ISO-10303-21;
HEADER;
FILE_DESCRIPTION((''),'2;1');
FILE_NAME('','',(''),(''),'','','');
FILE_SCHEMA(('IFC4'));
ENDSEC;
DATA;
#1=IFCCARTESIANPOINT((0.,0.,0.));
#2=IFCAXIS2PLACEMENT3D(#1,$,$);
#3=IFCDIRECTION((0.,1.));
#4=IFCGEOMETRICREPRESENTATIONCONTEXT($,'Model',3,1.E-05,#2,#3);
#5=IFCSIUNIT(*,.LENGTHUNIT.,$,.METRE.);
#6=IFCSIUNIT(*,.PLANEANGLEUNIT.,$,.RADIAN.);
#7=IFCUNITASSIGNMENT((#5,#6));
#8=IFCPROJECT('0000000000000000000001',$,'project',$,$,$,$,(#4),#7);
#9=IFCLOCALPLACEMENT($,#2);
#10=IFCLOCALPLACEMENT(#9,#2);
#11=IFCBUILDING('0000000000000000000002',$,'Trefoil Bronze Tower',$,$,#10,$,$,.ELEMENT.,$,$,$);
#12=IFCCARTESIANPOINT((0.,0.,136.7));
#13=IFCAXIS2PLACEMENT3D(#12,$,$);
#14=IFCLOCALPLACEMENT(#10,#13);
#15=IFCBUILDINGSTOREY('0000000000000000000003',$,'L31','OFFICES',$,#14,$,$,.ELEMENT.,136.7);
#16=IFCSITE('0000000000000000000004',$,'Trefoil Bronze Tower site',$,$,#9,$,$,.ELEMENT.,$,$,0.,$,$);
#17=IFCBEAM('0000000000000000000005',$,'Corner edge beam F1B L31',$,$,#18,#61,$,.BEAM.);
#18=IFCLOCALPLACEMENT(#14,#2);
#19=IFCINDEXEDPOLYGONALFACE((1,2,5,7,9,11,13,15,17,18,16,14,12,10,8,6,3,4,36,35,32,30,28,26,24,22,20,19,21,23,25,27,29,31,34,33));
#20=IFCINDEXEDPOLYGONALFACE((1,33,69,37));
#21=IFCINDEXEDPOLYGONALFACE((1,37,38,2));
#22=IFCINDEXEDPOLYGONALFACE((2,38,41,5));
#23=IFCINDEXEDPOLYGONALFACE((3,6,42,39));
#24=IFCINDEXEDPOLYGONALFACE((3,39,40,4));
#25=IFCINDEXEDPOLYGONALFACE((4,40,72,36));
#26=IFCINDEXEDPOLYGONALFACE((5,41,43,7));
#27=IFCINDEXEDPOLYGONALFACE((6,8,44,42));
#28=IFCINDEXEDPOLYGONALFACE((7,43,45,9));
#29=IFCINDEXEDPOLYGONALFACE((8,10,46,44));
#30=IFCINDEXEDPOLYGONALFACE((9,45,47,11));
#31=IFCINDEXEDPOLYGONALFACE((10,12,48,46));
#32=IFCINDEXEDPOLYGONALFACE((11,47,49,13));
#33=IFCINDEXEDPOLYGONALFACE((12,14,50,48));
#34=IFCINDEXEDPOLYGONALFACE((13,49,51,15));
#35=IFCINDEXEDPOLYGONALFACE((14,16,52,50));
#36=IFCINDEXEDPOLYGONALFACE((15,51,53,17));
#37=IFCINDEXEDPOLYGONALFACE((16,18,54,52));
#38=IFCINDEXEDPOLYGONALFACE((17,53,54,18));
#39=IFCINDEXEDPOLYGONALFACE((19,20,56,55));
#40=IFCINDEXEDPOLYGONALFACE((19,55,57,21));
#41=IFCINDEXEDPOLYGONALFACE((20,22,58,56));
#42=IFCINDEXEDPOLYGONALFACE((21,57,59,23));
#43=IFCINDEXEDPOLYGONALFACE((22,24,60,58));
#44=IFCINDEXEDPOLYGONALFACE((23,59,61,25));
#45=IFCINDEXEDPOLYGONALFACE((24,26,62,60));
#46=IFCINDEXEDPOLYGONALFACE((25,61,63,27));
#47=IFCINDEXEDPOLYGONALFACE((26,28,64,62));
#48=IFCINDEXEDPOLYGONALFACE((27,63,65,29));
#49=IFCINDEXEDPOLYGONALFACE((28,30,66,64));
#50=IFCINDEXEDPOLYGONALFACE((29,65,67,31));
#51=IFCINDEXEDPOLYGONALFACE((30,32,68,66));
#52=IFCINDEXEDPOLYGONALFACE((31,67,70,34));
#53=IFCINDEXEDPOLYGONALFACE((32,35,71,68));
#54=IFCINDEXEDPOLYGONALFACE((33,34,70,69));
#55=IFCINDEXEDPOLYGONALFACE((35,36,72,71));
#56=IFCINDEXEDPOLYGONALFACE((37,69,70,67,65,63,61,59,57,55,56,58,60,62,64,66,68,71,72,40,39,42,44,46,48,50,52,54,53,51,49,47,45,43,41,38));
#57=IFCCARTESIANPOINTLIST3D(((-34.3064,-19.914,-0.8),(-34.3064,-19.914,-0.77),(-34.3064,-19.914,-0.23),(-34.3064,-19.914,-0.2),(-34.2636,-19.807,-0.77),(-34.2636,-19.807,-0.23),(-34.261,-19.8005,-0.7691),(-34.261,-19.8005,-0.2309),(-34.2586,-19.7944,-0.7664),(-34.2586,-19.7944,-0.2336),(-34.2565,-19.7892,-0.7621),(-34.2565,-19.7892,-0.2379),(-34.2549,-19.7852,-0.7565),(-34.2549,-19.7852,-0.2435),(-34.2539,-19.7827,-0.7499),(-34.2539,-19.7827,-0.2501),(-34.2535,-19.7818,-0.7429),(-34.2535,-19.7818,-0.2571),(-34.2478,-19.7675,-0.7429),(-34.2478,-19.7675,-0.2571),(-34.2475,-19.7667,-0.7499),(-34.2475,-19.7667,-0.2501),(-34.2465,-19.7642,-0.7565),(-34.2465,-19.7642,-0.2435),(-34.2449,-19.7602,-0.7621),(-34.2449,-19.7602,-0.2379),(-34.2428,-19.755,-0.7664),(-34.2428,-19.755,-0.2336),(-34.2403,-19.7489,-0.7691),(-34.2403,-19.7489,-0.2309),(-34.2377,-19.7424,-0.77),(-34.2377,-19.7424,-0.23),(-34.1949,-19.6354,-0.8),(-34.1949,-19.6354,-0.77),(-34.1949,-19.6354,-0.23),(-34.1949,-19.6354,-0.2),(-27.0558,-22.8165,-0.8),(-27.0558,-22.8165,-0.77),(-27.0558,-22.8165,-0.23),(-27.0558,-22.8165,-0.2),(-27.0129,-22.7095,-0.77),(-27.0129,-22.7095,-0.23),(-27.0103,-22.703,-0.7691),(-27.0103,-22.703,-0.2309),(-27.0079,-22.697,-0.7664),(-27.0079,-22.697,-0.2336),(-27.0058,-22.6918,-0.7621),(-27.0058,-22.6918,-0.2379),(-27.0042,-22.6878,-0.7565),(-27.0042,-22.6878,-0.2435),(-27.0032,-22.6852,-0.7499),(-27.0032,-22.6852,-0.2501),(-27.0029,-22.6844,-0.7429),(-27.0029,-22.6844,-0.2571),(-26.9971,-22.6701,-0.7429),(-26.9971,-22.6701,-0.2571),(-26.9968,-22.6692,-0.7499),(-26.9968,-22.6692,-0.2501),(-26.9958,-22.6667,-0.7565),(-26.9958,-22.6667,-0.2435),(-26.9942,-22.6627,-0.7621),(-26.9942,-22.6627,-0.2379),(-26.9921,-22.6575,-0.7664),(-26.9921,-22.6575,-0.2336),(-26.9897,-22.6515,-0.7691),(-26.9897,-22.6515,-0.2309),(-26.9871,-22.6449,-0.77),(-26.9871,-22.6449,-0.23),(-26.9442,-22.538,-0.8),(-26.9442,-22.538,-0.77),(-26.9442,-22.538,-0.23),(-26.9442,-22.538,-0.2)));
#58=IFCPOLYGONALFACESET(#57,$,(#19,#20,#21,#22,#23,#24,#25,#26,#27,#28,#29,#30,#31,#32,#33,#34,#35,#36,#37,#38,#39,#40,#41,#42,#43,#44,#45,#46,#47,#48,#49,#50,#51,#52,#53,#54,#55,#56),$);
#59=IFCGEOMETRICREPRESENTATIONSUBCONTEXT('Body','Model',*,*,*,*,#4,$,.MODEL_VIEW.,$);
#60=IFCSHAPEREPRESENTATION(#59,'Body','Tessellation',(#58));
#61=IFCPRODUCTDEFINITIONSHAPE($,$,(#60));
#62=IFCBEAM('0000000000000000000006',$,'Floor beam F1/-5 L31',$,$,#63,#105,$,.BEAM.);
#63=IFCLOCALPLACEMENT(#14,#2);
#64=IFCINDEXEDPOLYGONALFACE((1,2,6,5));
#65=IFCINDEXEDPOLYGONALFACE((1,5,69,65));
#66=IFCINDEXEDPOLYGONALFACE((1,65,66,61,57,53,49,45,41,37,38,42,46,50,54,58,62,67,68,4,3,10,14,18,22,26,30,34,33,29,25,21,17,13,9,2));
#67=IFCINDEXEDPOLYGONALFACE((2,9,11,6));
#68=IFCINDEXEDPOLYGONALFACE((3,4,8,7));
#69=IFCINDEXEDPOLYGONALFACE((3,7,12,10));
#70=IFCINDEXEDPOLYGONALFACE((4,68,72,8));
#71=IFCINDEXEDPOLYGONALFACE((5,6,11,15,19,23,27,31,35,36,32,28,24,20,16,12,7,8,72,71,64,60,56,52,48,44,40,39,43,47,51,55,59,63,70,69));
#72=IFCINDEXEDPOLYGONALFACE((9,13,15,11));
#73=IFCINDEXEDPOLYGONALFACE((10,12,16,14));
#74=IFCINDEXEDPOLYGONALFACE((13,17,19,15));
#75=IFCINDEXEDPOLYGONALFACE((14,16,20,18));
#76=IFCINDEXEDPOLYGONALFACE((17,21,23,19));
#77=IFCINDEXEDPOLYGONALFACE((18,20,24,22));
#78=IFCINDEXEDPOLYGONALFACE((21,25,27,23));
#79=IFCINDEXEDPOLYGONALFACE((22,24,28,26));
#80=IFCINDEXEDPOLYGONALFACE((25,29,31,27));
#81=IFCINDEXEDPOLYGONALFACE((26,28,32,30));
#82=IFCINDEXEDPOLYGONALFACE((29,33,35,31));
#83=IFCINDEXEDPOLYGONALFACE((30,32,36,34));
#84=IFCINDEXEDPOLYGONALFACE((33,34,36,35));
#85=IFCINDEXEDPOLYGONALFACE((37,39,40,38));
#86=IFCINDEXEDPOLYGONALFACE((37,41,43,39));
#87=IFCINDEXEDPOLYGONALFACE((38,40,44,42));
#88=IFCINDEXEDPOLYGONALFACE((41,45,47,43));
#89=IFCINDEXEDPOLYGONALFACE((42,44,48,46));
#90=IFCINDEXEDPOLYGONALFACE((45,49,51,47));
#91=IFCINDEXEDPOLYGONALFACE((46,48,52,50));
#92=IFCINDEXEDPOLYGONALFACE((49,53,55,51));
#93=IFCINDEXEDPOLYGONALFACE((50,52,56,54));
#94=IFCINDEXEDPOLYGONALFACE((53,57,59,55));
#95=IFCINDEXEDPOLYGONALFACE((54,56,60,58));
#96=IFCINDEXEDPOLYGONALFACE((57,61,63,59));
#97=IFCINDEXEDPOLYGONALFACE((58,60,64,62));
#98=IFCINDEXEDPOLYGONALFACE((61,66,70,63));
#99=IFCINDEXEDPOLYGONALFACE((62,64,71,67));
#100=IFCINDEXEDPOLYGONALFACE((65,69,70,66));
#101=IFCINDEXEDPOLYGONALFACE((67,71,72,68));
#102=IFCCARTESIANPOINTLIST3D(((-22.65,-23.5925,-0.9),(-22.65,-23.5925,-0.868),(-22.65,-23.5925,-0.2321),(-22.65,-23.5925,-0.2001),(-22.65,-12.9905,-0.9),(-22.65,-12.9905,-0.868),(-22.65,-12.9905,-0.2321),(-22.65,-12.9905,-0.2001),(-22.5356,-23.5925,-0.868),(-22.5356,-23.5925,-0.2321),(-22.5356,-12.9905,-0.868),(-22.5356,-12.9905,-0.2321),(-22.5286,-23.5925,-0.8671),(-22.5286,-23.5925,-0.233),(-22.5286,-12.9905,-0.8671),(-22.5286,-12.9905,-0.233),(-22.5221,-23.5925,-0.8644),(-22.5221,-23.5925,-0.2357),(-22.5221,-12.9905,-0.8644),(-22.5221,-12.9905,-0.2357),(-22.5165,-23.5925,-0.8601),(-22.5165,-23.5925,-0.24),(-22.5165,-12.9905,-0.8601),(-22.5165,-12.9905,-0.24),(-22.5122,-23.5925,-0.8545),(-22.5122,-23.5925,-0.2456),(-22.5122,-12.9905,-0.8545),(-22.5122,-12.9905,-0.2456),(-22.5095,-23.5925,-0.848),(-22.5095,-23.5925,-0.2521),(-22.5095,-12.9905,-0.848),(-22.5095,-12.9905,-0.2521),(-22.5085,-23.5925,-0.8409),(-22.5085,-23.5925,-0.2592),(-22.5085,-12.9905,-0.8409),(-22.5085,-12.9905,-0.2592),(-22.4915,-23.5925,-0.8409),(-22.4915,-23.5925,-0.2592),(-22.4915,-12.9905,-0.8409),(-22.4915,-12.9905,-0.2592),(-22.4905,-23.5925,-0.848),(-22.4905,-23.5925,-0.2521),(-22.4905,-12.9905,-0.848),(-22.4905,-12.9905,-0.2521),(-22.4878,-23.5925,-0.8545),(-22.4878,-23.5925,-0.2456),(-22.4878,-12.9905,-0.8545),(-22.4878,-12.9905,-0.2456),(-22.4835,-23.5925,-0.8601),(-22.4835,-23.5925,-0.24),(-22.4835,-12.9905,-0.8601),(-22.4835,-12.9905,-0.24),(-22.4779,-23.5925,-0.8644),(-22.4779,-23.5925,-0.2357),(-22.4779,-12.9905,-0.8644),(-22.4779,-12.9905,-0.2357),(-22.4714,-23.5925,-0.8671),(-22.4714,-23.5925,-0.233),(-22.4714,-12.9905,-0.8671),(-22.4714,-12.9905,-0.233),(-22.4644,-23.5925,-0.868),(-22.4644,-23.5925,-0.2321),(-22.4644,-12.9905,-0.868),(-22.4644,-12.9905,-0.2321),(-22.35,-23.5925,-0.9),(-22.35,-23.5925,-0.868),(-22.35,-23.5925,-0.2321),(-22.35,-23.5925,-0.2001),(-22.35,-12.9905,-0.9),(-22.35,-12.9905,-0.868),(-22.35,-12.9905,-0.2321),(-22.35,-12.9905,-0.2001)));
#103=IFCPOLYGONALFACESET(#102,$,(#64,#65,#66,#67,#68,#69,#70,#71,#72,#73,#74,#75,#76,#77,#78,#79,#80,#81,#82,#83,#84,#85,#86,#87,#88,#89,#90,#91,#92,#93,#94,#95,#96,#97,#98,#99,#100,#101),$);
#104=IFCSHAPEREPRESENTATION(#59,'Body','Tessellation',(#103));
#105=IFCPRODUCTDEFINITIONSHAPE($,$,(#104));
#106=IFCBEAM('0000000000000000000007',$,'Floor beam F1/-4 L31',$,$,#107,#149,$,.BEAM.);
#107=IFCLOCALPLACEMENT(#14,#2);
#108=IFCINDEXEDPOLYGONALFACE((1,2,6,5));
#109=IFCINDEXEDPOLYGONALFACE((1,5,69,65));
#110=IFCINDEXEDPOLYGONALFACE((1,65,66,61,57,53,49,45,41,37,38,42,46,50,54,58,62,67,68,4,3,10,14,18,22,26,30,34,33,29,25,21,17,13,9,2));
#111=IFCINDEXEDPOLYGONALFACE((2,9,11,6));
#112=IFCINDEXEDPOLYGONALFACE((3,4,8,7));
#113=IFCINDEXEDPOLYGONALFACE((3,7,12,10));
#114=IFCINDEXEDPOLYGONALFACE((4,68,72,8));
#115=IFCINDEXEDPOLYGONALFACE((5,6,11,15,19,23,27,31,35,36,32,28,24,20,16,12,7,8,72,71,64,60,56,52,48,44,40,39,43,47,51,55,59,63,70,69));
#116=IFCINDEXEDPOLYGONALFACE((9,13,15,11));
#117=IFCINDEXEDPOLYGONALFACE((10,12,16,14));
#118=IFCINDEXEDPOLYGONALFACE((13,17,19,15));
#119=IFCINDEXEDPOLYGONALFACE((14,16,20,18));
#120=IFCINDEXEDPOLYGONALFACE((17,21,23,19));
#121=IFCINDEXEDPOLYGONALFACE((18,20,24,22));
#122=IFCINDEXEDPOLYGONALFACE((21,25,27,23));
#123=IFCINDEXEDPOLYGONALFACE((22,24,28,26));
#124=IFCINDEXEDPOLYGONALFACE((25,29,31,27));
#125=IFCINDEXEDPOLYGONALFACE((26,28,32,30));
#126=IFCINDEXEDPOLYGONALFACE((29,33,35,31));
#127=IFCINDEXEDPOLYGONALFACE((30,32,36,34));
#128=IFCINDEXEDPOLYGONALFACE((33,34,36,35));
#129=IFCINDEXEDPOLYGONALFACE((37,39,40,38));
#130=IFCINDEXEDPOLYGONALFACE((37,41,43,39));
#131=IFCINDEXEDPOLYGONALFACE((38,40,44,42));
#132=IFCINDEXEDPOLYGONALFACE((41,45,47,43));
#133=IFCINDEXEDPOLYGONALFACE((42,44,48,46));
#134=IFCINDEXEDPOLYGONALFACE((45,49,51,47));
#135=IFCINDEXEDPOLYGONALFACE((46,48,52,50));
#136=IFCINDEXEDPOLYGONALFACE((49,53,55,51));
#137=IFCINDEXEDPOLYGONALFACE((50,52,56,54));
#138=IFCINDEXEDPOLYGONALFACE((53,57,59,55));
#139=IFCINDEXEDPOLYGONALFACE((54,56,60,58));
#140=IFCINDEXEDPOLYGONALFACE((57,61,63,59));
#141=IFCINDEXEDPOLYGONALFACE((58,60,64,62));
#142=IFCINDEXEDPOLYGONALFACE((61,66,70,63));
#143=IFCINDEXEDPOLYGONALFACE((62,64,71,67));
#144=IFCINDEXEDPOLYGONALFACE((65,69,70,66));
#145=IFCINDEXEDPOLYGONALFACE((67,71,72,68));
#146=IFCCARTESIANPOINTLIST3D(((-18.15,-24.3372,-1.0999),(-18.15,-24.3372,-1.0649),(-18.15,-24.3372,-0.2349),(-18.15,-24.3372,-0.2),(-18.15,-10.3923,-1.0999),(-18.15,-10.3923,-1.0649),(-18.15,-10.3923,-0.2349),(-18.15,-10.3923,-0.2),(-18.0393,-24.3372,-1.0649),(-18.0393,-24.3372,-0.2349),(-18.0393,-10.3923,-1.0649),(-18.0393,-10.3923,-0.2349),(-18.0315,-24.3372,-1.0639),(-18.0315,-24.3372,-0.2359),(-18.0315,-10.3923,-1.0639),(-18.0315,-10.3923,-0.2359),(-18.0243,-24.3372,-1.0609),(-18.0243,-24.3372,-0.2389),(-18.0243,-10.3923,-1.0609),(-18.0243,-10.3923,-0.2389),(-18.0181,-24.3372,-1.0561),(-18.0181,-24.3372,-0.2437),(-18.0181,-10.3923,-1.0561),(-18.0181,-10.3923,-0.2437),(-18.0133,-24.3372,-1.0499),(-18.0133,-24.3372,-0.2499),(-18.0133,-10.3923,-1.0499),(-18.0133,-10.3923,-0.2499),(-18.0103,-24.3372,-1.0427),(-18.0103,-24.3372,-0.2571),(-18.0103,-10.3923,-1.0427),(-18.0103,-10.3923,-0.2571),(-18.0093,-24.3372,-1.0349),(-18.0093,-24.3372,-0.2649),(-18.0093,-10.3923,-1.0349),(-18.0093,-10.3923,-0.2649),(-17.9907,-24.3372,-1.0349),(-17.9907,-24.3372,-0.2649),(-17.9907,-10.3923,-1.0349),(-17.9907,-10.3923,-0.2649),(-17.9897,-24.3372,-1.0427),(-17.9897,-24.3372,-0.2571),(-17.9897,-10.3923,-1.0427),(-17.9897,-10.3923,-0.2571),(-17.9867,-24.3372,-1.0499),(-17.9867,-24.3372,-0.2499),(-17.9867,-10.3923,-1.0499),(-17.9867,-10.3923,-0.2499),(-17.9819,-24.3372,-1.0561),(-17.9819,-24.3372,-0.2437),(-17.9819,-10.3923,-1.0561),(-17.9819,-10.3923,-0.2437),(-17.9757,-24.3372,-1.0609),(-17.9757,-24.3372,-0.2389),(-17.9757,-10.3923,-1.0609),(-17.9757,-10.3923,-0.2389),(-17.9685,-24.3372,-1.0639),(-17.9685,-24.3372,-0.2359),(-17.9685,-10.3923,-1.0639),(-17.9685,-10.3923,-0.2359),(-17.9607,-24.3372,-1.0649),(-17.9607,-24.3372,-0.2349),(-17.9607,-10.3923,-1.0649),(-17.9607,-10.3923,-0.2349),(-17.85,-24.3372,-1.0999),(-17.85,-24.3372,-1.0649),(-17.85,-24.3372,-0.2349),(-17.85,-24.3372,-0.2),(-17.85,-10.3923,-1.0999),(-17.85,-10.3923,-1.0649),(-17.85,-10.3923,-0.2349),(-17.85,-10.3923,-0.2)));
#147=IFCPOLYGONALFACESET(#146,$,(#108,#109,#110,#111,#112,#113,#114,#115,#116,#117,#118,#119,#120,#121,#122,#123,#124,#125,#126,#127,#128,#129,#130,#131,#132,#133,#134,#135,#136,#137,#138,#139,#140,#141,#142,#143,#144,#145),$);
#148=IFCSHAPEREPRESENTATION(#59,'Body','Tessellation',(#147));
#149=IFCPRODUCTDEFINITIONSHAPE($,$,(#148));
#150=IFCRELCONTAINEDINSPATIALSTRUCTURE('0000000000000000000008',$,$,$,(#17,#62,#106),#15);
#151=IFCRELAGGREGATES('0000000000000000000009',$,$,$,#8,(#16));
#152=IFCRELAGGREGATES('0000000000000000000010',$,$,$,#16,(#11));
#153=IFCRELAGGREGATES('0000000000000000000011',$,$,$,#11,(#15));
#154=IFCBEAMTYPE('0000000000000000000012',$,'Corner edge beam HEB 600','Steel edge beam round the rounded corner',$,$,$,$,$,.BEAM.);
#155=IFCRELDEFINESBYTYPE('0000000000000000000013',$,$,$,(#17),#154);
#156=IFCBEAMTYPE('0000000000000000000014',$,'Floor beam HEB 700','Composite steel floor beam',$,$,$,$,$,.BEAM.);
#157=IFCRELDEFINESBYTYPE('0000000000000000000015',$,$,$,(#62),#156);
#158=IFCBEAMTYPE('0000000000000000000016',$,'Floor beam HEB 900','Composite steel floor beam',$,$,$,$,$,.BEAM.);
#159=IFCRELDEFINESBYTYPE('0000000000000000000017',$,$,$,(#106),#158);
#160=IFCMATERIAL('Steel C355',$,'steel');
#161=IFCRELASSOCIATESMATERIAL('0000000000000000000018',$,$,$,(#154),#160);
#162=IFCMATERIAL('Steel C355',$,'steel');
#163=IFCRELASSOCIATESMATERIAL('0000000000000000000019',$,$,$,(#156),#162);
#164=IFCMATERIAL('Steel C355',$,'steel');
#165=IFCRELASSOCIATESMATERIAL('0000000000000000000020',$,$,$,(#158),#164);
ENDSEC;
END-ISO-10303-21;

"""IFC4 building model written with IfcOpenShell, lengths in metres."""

from ifc_helpers import new_model, si_unit, direction, frame, origin, origin_2d, place, context, subcontext, project, spatial, i_section, extrude, material, material_profile, profile_set, type_object, element, save


model = new_model("IFC4")

# Units and contexts
model_context = context("Model", 3, precision=1e-05, world=origin(), true_north=direction((0.0, 1.0)))
body_context = subcontext(model_context, "Body", "Model", "MODEL_VIEW")
ifc_project = project(units=[si_unit("LENGTHUNIT", "METRE"), si_unit("PLANEANGLEUNIT", "RADIAN")], contexts=[model_context])

# Site, building, storey
site_placement = place(None, origin())
site = spatial("IfcSite", under=ifc_project, at=site_placement, Name="Trefoil Bronze Tower site", CompositionType="ELEMENT", RefElevation=0.0)
building_placement = place(site_placement, origin())
building = spatial("IfcBuilding", under=site, at=building_placement, Name="Trefoil Bronze Tower", CompositionType="ELEMENT")
storey_placement = place(building_placement, frame((0.0, 0.0, 136.7)))
storey = spatial("IfcBuildingStorey", under=building, at=storey_placement, Name="L31", Description="OFFICES", CompositionType="ELEMENT", Elevation=136.7)

# Beams
ifc_material_1 = material(Name="Steel C355", Category="steel")
ifc_material_profile_1 = material_profile(ifc_material_1, i_section(OverallWidth=0.3, OverallDepth=0.6001, WebThickness=0.0154, FlangeThickness=0.03, FilletRadius=0.0271, at=origin_2d()), Name="HEB 600")
ifc_profile_set_1 = profile_set([ifc_material_profile_1], Name="Steel C355")
beam_type_1 = type_object("IfcBeamType", Name="Corner edge beam HEB 600", Description="Steel edge beam round the rounded corner", PredefinedType="BEAM", material=ifc_profile_set_1)
beam_1_placement = place(storey_placement, frame((-27.0, -22.6772, -0.5), z_axis=(-0.928375, 0.371644, 0.0), x_axis=(-0.371644, -0.928375, 0.0)))
element("IfcBeam", 1, at=beam_1_placement, inside=storey, type_object=beam_type_1, Name="Corner edge beam F1B L31", PredefinedType="BEAM", context=body_context, shape_type="SweptSolid", body=[
    extrude(i_section(OverallWidth=0.3, OverallDepth=0.6001, WebThickness=0.0154, FlangeThickness=0.03, FilletRadius=0.0271, at=origin_2d()), origin(), (0.0, 0.0, 1.0), 7.8101),
])
ifc_material_2 = material(Name="Steel C355", Category="steel")
ifc_material_profile_2 = material_profile(ifc_material_2, i_section(OverallWidth=0.3, OverallDepth=0.7, WebThickness=0.0171, FlangeThickness=0.032, FilletRadius=0.0271, at=origin_2d()), Name="HEB 700")
ifc_profile_set_2 = profile_set([ifc_material_profile_2], Name="Steel C355")
beam_type_2 = type_object("IfcBeamType", Name="Floor beam HEB 700", Description="Composite steel floor beam", PredefinedType="BEAM", material=ifc_profile_set_2)
beam_2_placement = place(storey_placement, frame((-22.5, -23.5925, -0.55), z_axis=(0.0, 1.0, 0.0), x_axis=(-1.0, 0.0, 0.0)))
element("IfcBeam", 2, at=beam_2_placement, inside=storey, type_object=beam_type_2, Name="Floor beam F1/-5 L31", PredefinedType="BEAM", context=body_context, shape_type="SweptSolid", body=[
    extrude(i_section(OverallWidth=0.3, OverallDepth=0.7, WebThickness=0.0171, FlangeThickness=0.032, FilletRadius=0.0271, at=origin_2d()), origin(), (0.0, 0.0, 1.0), 10.6021),
])
ifc_material_3 = material(Name="Steel C355", Category="steel")
ifc_material_profile_3 = material_profile(ifc_material_3, i_section(OverallWidth=0.3, OverallDepth=0.8999, WebThickness=0.0186, FlangeThickness=0.0349, FilletRadius=0.03, at=origin_2d()), Name="HEB 900")
ifc_profile_set_3 = profile_set([ifc_material_profile_3], Name="Steel C355")
beam_type_3 = type_object("IfcBeamType", Name="Floor beam HEB 900", Description="Composite steel floor beam", PredefinedType="BEAM", material=ifc_profile_set_3)
beam_3_placement = place(storey_placement, frame((-18.0, -24.3372, -0.6499), z_axis=(0.0, 1.0, 0.0), x_axis=(-1.0, 0.0, 0.0)))
element("IfcBeam", 3, at=beam_3_placement, inside=storey, type_object=beam_type_3, Name="Floor beam F1/-4 L31", PredefinedType="BEAM", context=body_context, shape_type="SweptSolid", body=[
    extrude(i_section(OverallWidth=0.3, OverallDepth=0.8999, WebThickness=0.0186, FlangeThickness=0.0349, FilletRadius=0.03, at=origin_2d()), origin(), (0.0, 0.0, 1.0), 13.9448),
])

save(model, "model.ifc")
